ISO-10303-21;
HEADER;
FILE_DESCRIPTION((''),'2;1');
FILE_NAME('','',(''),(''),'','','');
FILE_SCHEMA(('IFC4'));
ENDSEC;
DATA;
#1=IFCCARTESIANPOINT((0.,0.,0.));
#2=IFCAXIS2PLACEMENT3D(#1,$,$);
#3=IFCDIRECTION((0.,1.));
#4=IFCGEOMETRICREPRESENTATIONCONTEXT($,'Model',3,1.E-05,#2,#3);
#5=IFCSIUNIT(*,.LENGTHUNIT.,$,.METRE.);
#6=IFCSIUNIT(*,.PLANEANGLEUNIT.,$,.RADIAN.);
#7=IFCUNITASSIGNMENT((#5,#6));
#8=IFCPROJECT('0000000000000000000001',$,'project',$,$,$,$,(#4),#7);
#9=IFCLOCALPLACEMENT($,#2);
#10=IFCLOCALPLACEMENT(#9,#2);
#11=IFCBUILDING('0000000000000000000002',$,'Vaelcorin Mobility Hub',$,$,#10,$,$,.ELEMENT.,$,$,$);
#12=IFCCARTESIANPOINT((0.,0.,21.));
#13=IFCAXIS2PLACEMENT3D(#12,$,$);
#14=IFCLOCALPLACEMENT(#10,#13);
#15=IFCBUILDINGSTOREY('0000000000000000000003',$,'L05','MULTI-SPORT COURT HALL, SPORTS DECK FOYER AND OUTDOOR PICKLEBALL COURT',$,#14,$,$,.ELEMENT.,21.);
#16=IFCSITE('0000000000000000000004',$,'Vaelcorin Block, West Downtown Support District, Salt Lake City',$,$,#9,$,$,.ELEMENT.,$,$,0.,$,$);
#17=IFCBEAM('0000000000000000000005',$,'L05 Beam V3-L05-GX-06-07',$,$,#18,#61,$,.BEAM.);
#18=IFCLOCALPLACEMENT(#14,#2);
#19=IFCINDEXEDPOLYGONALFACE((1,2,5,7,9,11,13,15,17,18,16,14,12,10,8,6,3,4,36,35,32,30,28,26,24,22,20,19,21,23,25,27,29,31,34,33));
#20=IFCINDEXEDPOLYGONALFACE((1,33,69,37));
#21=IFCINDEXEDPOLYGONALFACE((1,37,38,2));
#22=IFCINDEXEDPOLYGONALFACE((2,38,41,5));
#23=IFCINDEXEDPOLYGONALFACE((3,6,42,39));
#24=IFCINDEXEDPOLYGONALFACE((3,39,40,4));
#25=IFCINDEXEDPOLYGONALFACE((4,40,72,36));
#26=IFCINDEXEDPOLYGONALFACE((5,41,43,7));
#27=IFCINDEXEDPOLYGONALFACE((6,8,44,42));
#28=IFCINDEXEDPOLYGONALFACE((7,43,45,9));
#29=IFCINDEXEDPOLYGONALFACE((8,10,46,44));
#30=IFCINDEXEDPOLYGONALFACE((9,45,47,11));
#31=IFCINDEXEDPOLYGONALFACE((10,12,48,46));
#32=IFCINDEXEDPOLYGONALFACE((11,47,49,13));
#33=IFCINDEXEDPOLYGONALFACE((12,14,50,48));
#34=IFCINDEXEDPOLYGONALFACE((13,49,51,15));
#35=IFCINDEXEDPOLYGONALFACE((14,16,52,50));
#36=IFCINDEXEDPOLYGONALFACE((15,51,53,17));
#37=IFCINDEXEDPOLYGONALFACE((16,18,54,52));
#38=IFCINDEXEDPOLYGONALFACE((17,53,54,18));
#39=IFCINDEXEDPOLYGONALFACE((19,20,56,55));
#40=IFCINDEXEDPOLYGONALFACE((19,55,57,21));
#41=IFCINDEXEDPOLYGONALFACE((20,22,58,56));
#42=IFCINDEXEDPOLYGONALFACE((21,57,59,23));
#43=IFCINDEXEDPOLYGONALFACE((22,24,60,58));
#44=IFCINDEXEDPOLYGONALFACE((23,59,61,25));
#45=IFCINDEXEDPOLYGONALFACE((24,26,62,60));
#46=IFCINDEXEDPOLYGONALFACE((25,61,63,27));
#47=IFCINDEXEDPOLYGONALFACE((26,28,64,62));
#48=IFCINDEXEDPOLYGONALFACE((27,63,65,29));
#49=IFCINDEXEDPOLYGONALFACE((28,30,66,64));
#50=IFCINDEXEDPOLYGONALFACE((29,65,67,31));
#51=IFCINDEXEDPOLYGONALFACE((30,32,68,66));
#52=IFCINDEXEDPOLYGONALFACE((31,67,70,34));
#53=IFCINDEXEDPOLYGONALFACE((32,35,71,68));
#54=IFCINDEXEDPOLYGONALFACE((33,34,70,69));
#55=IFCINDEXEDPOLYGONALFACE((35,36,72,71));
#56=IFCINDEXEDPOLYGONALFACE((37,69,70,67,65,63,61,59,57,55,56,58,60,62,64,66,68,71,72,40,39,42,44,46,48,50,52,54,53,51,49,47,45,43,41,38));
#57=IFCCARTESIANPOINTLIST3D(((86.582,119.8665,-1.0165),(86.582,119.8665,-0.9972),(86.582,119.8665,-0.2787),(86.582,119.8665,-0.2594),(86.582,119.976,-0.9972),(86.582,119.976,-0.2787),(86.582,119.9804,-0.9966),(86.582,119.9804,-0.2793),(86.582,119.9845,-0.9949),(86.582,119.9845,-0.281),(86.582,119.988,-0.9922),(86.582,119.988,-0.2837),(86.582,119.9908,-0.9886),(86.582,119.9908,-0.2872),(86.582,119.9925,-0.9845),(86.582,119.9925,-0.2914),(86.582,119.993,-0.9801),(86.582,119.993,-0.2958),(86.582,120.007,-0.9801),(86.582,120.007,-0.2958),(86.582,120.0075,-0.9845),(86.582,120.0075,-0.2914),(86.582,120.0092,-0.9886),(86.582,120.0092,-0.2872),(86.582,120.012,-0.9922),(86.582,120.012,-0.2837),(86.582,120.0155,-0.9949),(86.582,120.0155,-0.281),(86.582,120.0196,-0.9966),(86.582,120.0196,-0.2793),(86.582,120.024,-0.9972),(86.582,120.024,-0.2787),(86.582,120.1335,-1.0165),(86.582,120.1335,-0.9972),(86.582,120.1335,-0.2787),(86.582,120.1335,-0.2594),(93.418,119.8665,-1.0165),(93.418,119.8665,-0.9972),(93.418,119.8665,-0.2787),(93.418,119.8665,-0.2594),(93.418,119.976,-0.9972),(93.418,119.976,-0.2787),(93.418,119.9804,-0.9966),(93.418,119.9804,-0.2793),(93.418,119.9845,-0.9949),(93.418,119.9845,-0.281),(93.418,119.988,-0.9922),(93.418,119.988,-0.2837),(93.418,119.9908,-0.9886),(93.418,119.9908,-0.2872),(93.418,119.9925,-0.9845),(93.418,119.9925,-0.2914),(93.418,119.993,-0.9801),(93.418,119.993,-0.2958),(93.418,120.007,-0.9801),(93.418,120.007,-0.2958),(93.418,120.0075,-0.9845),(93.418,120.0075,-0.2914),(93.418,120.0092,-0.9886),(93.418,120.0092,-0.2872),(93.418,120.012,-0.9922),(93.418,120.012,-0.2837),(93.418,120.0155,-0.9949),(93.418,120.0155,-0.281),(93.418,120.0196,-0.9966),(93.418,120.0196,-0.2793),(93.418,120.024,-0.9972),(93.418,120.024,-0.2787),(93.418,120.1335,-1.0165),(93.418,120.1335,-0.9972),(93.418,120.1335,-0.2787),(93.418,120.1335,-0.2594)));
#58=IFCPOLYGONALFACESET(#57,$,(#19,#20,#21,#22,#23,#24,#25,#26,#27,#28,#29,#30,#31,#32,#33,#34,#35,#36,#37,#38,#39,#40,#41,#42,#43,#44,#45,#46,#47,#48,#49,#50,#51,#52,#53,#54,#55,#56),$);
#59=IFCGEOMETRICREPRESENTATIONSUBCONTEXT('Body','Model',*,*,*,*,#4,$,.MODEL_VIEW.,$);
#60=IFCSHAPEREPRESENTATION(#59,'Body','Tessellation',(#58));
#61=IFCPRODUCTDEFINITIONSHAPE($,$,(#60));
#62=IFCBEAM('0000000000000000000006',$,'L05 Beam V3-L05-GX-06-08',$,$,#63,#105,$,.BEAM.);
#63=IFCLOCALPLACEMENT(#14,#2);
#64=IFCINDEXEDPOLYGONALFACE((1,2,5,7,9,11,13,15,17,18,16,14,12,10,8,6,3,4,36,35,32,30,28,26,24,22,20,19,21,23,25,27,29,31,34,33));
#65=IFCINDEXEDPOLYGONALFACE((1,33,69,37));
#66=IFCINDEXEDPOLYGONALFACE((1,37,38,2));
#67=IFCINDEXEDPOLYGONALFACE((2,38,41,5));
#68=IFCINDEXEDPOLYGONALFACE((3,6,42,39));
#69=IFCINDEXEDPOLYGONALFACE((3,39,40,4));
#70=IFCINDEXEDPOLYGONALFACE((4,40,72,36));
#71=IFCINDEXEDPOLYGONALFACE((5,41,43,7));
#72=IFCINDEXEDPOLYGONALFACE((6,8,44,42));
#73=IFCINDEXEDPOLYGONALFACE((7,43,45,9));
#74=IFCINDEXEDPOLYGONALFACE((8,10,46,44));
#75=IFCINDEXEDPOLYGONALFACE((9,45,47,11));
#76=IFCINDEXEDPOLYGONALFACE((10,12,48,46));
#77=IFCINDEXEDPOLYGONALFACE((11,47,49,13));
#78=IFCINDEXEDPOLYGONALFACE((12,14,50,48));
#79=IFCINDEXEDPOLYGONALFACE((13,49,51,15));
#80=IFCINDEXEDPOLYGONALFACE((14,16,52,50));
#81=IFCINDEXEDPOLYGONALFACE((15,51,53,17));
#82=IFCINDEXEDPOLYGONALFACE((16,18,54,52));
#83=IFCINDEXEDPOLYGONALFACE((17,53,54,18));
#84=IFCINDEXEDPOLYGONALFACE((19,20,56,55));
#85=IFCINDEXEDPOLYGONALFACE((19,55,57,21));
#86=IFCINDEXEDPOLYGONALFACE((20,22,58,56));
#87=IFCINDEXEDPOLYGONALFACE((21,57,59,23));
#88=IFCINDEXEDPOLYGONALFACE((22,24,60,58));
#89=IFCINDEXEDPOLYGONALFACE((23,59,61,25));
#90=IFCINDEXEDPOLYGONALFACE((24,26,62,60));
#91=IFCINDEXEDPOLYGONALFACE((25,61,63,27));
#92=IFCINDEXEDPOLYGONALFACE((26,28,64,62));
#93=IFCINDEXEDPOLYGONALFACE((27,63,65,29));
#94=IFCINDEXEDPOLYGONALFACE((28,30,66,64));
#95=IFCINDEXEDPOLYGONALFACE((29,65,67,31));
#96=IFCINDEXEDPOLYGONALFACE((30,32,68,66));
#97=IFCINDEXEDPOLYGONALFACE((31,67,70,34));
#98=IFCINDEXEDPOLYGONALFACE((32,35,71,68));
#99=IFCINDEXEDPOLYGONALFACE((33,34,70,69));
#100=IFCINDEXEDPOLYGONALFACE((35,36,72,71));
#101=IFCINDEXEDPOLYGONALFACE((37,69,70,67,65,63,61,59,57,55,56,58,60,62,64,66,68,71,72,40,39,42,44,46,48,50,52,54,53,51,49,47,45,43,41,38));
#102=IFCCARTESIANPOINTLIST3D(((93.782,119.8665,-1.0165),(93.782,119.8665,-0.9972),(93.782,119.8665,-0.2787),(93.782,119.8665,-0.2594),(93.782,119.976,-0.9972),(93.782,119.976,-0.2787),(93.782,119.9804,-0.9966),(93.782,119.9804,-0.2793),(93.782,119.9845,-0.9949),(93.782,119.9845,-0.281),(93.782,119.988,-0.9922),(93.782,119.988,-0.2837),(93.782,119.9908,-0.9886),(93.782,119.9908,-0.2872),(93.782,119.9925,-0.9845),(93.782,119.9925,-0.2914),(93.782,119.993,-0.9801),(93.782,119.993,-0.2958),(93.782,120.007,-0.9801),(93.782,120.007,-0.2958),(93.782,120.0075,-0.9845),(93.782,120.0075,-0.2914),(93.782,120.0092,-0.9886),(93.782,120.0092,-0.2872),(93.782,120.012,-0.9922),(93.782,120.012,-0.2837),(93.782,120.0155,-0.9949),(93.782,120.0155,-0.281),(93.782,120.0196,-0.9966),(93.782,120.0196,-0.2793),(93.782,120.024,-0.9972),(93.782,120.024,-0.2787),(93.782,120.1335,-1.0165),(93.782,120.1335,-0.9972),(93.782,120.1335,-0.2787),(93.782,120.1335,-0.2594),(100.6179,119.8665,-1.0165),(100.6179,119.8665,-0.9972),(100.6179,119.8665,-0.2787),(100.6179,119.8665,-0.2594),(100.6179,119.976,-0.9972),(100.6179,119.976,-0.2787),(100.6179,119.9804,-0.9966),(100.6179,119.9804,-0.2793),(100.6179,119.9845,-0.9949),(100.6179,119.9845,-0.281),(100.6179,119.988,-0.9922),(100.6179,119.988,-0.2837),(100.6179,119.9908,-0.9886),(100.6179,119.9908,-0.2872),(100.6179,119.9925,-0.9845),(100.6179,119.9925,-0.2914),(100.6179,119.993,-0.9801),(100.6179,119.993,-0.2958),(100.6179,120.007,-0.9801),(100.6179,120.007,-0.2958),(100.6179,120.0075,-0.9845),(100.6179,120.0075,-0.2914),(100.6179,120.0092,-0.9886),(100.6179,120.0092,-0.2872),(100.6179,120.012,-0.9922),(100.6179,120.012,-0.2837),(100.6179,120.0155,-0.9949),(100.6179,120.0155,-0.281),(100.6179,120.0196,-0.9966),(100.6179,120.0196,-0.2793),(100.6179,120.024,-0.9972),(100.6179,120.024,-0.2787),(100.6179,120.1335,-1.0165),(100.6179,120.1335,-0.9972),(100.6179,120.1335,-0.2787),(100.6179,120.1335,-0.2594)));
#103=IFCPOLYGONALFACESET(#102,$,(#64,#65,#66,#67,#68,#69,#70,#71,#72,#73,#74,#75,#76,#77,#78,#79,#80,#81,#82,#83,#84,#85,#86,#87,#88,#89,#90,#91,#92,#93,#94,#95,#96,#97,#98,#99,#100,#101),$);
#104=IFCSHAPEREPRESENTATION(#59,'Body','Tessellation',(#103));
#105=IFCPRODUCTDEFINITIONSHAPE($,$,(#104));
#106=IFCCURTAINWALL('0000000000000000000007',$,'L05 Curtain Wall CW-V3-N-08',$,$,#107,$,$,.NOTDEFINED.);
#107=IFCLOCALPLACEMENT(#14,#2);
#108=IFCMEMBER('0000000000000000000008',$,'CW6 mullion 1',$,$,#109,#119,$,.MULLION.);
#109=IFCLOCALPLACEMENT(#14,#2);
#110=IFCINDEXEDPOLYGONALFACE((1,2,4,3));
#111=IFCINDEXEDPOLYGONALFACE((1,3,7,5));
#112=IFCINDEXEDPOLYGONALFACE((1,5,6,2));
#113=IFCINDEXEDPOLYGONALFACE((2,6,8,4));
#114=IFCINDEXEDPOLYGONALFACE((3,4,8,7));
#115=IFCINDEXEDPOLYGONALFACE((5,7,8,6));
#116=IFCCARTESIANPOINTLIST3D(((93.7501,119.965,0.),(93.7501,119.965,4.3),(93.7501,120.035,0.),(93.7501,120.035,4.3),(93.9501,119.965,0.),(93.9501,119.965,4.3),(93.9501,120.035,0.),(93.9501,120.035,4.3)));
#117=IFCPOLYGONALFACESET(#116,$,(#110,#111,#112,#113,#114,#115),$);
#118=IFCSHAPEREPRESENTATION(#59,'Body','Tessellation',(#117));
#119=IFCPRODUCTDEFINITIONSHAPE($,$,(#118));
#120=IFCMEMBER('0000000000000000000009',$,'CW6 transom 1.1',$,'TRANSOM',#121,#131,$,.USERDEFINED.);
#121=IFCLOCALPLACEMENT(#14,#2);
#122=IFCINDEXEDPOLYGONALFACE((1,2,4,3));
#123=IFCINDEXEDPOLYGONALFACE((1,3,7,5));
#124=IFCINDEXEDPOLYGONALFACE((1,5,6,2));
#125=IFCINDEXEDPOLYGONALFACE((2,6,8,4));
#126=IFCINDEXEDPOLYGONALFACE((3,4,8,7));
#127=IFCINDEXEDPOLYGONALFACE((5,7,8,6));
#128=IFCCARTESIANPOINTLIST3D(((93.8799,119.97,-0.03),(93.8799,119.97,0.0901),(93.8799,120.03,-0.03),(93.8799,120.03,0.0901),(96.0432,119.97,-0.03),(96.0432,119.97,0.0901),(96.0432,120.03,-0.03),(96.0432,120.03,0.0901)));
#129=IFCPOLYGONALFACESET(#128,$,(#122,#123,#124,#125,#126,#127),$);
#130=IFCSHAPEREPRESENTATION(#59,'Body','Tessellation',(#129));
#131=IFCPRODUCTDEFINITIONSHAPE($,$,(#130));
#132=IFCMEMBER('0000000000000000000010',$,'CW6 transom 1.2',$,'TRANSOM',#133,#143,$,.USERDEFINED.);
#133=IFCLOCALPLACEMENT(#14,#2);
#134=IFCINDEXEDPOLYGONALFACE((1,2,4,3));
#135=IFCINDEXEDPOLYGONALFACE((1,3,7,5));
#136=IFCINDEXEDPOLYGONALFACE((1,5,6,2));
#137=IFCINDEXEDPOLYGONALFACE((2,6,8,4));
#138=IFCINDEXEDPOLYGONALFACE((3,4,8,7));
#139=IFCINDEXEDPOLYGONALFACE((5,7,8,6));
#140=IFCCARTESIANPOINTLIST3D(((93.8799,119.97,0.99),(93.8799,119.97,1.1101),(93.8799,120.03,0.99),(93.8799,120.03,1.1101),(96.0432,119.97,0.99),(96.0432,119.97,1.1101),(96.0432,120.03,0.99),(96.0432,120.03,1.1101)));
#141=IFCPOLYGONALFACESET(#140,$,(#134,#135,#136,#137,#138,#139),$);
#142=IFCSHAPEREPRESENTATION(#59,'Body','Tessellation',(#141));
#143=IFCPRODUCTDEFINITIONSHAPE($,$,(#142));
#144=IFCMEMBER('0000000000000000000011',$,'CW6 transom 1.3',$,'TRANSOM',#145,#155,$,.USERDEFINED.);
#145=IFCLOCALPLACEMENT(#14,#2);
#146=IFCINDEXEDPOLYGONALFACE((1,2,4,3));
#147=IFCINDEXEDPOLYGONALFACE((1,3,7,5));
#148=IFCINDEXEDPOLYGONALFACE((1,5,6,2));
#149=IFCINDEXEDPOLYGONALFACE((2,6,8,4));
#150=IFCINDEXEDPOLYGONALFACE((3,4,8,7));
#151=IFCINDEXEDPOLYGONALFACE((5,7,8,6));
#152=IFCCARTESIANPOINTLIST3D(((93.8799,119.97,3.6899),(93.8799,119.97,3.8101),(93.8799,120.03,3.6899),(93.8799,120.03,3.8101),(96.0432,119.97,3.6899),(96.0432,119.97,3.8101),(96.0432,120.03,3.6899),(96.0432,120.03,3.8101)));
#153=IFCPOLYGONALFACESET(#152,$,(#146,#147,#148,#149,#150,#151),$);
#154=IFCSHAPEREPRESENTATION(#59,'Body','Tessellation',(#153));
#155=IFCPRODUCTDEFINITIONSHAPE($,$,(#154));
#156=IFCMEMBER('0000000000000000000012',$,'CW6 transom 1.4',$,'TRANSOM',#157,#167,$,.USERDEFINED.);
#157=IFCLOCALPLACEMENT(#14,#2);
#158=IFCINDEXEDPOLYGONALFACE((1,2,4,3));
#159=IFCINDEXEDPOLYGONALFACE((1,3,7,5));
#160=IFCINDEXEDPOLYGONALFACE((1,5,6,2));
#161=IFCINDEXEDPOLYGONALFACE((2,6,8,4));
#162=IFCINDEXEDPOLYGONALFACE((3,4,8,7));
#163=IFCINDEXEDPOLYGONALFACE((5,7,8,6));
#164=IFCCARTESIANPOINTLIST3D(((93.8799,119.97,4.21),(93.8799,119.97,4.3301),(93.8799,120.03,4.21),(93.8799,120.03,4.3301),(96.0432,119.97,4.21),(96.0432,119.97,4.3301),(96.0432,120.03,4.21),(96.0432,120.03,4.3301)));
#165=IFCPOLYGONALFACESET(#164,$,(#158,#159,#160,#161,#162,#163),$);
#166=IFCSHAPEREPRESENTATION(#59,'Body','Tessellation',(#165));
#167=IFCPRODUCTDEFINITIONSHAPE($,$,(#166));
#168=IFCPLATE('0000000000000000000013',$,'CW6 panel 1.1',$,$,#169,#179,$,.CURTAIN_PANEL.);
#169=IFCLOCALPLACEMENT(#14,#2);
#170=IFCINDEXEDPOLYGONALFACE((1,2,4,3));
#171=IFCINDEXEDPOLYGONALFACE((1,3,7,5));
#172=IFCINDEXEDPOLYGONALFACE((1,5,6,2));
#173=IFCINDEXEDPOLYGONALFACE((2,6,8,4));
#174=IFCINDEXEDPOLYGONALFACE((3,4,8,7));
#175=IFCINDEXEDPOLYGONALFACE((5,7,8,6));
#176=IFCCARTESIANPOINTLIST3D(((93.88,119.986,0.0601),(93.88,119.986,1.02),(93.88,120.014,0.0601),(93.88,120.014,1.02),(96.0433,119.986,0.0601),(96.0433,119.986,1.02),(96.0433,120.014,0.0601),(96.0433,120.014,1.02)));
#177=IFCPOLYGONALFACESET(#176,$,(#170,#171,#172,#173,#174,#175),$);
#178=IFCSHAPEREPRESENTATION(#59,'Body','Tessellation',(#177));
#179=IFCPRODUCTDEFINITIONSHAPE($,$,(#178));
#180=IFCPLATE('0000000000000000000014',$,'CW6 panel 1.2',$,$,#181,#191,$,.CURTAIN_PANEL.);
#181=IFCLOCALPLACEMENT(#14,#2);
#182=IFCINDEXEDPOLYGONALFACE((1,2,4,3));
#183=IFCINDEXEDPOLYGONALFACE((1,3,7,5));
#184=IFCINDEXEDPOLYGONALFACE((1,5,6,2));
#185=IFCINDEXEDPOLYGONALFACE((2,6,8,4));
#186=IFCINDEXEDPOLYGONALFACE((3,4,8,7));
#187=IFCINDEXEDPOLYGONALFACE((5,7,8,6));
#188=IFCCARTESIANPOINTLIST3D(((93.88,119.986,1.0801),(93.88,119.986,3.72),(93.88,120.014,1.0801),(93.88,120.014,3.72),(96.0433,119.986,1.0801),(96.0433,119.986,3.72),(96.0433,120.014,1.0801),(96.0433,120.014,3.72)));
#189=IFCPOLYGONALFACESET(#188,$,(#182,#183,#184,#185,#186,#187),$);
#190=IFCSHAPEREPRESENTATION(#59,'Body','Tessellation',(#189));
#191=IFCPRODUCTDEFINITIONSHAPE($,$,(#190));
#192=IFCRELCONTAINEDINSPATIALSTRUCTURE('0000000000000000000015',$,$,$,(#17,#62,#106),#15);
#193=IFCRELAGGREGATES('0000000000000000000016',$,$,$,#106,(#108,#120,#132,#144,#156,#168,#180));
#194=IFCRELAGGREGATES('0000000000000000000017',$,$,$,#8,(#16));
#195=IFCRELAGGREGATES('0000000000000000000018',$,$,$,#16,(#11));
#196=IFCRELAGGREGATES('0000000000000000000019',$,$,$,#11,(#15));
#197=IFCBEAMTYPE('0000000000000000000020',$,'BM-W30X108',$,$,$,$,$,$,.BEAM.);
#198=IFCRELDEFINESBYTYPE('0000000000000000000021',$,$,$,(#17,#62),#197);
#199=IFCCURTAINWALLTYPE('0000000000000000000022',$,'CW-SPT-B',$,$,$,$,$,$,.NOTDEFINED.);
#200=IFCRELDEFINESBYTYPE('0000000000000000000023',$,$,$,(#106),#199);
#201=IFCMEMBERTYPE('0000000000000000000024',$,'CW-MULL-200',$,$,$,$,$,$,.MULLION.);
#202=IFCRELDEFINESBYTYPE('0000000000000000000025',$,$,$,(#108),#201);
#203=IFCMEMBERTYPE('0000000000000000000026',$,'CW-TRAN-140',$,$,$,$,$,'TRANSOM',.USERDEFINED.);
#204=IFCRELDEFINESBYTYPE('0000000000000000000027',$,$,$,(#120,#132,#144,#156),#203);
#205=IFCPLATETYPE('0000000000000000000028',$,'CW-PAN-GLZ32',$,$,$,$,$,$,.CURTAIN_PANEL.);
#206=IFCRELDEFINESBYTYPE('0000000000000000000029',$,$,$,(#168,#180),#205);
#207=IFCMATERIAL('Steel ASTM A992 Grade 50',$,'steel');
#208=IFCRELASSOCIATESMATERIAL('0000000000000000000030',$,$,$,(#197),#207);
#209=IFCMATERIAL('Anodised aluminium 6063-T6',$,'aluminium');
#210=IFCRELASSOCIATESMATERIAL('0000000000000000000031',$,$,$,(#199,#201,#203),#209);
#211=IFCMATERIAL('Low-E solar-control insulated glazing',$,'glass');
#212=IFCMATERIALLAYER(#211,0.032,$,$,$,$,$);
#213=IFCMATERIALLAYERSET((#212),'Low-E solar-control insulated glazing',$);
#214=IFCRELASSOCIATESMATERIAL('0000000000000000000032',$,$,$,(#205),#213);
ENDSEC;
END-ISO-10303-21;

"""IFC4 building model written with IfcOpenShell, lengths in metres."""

from ifc_helpers import new_model, si_unit, direction, frame, origin, origin_2d, place, context, subcontext, project, spatial, rectangle, i_section, extrude, material, layer, layer_set, material_profile, profile_set, type_object, element, aggregate, save


model = new_model("IFC4")

# Units and contexts
model_context = context("Model", 3, precision=1e-05, world=origin(), true_north=direction((0.0, 1.0)))
body_context = subcontext(model_context, "Body", "Model", "MODEL_VIEW")
ifc_project = project(units=[si_unit("LENGTHUNIT", "METRE"), si_unit("PLANEANGLEUNIT", "RADIAN")], contexts=[model_context])

# Site, building, storey
site_placement = place(None, origin())
site = spatial("IfcSite", under=ifc_project, at=site_placement, Name="Vaelcorin Block, West Downtown Support District, Salt Lake City", CompositionType="ELEMENT", RefElevation=0.0)
building_placement = place(site_placement, origin())
building = spatial("IfcBuilding", under=site, at=building_placement, Name="Vaelcorin Mobility Hub", CompositionType="ELEMENT")
storey_placement = place(building_placement, frame((0.0, 0.0, 21.0)))
storey = spatial("IfcBuildingStorey", under=building, at=storey_placement, Name="L05", Description="MULTI-SPORT COURT HALL, SPORTS DECK FOYER AND OUTDOOR PICKLEBALL COURT", CompositionType="ELEMENT", Elevation=21.0)

# Shared definitions
ifc_material_1 = material(Name="Steel ASTM A992 Grade 50", Category="steel")

# Beams
ifc_material_profile_1 = material_profile(ifc_material_1, i_section(OverallWidth=0.2671, OverallDepth=0.7571, WebThickness=0.0139, FlangeThickness=0.0193, FilletRadius=0.0171, at=origin_2d()), Name="W30X108")
ifc_profile_set_1 = profile_set([ifc_material_profile_1], Name="Steel ASTM A992 Grade 50")
beam_type_1 = type_object("IfcBeamType", Name="BM-W30X108", PredefinedType="BEAM", material=ifc_profile_set_1)
for number, where, z_axis, x_axis, name in (
    (1, (86.582, 120.0, -0.6379), (1.0, 0.0, 0.0), (0.0, 1.0, 0.0), "L05 Beam V3-L05-GX-06-07"),
    (2, (93.782, 120.0, -0.6379), (1.0, 0.0, 0.0), (0.0, 1.0, 0.0), "L05 Beam V3-L05-GX-06-08"),
):
    element("IfcBeam", number, at=place(storey_placement, frame(where, z_axis=z_axis, x_axis=x_axis)), inside=storey, type_object=beam_type_1, Name=name, PredefinedType="BEAM", context=body_context, shape_type="SweptSolid", body=[
        extrude(i_section(OverallWidth=0.2671, OverallDepth=0.7571, WebThickness=0.0139, FlangeThickness=0.0193, FilletRadius=0.0171, at=origin_2d()), origin(), (0.0, 0.0, 1.0), 6.8359),
    ])

# Curtain wall, members, plates
ifc_material_2 = material(Name="Anodised aluminium 6063-T6", Category="aluminium")
curtain_wall_type = type_object("IfcCurtainWallType", Name="CW-SPT-B", PredefinedType="NOTDEFINED", material=ifc_material_2)
curtain_wall_placement = place(storey_placement, origin())
curtain_wall = element("IfcCurtainWall", 3, at=curtain_wall_placement, inside=storey, type_object=curtain_wall_type, Name="L05 Curtain Wall CW-V3-N-08", PredefinedType="NOTDEFINED")
ifc_material_profile_2 = material_profile(ifc_material_2, rectangle(XDim=0.0701, YDim=0.2, at=origin_2d()), Name="ALU-M70X200")
ifc_profile_set_2 = profile_set([ifc_material_profile_2], Name="Anodised aluminium 6063-T6")
member_type_1 = type_object("IfcMemberType", Name="CW-MULL-200", PredefinedType="MULLION", material=ifc_profile_set_2)
member_1_placement = place(storey_placement, frame((93.8501, 120.0, 0.0), z_axis=(0.0, 0.0, 1.0), x_axis=(0.0, 1.0, 0.0)))
member_1 = element("IfcMember", 4, at=member_1_placement, type_object=member_type_1, Name="CW6 mullion 1", PredefinedType="MULLION", context=body_context, shape_type="SweptSolid", body=[
    extrude(rectangle(XDim=0.0701, YDim=0.2, at=origin_2d()), origin(), (0.0, 0.0, 1.0), 4.3),
])
ifc_material_profile_3 = material_profile(ifc_material_2, rectangle(XDim=0.0601, YDim=0.1201, at=origin_2d()), Name="ALU-T60X120")
ifc_profile_set_3 = profile_set([ifc_material_profile_3], Name="Anodised aluminium 6063-T6")
member_type_2 = type_object("IfcMemberType", Name="CW-TRAN-140", ElementType="TRANSOM", PredefinedType="USERDEFINED", material=ifc_profile_set_3)
member_2_placement = place(storey_placement, frame((93.8799, 120.0, 0.03), z_axis=(1.0, 0.0, 0.0), x_axis=(0.0, 1.0, 0.0)))
member_2 = element("IfcMember", 5, at=member_2_placement, type_object=member_type_2, Name="CW6 transom 1.1", ObjectType="TRANSOM", PredefinedType="USERDEFINED", context=body_context, shape_type="SweptSolid", body=[
    extrude(rectangle(XDim=0.0601, YDim=0.1201, at=origin_2d()), origin(), (0.0, 0.0, 1.0), 2.1633),
])
member_3_placement = place(storey_placement, frame((93.8799, 120.0, 1.05), z_axis=(1.0, 0.0, 0.0), x_axis=(0.0, 1.0, 0.0)))
member_3 = element("IfcMember", 6, at=member_3_placement, type_object=member_type_2, Name="CW6 transom 1.2", ObjectType="TRANSOM", PredefinedType="USERDEFINED", context=body_context, shape_type="SweptSolid", body=[
    extrude(rectangle(XDim=0.0601, YDim=0.1201, at=origin_2d()), origin(), (0.0, 0.0, 1.0), 2.1633),
])
member_4_placement = place(storey_placement, frame((93.8799, 120.0, 3.75), z_axis=(1.0, 0.0, 0.0), x_axis=(0.0, 1.0, 0.0)))
member_4 = element("IfcMember", 7, at=member_4_placement, type_object=member_type_2, Name="CW6 transom 1.3", ObjectType="TRANSOM", PredefinedType="USERDEFINED", context=body_context, shape_type="SweptSolid", body=[
    extrude(rectangle(XDim=0.0601, YDim=0.1201, at=origin_2d()), origin(), (0.0, 0.0, 1.0), 2.1633),
])
member_5_placement = place(storey_placement, frame((93.8799, 120.0, 4.27), z_axis=(1.0, 0.0, 0.0), x_axis=(0.0, 1.0, 0.0)))
member_5 = element("IfcMember", 8, at=member_5_placement, type_object=member_type_2, Name="CW6 transom 1.4", ObjectType="TRANSOM", PredefinedType="USERDEFINED", context=body_context, shape_type="SweptSolid", body=[
    extrude(rectangle(XDim=0.0601, YDim=0.1201, at=origin_2d()), origin(), (0.0, 0.0, 1.0), 2.1633),
])
ifc_material_3 = material(Name="Low-E solar-control insulated glazing", Category="glass")
ifc_layer_1 = layer(ifc_material_3, 0.032)
ifc_layer_set_1 = layer_set([ifc_layer_1], Name="Low-E solar-control insulated glazing")
plate_type = type_object("IfcPlateType", Name="CW-PAN-GLZ32", PredefinedType="CURTAIN_PANEL", material=ifc_layer_set_1)
plate_1_placement = place(storey_placement, frame((94.9617, 120.0, 0.0601), z_axis=(0.0, 0.0, 1.0), x_axis=(1.0, 0.0, 0.0)))
plate_1 = element("IfcPlate", 9, at=plate_1_placement, type_object=plate_type, Name="CW6 panel 1.1", PredefinedType="CURTAIN_PANEL", context=body_context, shape_type="SweptSolid", body=[
    extrude(rectangle(XDim=2.1633, YDim=0.0281, at=origin_2d()), origin(), (0.0, 0.0, 1.0), 0.96),
])
plate_2_placement = place(storey_placement, frame((94.9617, 120.0, 1.0801), z_axis=(0.0, 0.0, 1.0), x_axis=(1.0, 0.0, 0.0)))
plate_2 = element("IfcPlate", 10, at=plate_2_placement, type_object=plate_type, Name="CW6 panel 1.2", PredefinedType="CURTAIN_PANEL", context=body_context, shape_type="SweptSolid", body=[
    extrude(rectangle(XDim=2.1633, YDim=0.0281, at=origin_2d()), origin(), (0.0, 0.0, 1.0), 2.6399),
])
aggregate(curtain_wall, [member_1, member_2, member_3, member_4, member_5, plate_1, plate_2])

save(model, "model.ifc")
